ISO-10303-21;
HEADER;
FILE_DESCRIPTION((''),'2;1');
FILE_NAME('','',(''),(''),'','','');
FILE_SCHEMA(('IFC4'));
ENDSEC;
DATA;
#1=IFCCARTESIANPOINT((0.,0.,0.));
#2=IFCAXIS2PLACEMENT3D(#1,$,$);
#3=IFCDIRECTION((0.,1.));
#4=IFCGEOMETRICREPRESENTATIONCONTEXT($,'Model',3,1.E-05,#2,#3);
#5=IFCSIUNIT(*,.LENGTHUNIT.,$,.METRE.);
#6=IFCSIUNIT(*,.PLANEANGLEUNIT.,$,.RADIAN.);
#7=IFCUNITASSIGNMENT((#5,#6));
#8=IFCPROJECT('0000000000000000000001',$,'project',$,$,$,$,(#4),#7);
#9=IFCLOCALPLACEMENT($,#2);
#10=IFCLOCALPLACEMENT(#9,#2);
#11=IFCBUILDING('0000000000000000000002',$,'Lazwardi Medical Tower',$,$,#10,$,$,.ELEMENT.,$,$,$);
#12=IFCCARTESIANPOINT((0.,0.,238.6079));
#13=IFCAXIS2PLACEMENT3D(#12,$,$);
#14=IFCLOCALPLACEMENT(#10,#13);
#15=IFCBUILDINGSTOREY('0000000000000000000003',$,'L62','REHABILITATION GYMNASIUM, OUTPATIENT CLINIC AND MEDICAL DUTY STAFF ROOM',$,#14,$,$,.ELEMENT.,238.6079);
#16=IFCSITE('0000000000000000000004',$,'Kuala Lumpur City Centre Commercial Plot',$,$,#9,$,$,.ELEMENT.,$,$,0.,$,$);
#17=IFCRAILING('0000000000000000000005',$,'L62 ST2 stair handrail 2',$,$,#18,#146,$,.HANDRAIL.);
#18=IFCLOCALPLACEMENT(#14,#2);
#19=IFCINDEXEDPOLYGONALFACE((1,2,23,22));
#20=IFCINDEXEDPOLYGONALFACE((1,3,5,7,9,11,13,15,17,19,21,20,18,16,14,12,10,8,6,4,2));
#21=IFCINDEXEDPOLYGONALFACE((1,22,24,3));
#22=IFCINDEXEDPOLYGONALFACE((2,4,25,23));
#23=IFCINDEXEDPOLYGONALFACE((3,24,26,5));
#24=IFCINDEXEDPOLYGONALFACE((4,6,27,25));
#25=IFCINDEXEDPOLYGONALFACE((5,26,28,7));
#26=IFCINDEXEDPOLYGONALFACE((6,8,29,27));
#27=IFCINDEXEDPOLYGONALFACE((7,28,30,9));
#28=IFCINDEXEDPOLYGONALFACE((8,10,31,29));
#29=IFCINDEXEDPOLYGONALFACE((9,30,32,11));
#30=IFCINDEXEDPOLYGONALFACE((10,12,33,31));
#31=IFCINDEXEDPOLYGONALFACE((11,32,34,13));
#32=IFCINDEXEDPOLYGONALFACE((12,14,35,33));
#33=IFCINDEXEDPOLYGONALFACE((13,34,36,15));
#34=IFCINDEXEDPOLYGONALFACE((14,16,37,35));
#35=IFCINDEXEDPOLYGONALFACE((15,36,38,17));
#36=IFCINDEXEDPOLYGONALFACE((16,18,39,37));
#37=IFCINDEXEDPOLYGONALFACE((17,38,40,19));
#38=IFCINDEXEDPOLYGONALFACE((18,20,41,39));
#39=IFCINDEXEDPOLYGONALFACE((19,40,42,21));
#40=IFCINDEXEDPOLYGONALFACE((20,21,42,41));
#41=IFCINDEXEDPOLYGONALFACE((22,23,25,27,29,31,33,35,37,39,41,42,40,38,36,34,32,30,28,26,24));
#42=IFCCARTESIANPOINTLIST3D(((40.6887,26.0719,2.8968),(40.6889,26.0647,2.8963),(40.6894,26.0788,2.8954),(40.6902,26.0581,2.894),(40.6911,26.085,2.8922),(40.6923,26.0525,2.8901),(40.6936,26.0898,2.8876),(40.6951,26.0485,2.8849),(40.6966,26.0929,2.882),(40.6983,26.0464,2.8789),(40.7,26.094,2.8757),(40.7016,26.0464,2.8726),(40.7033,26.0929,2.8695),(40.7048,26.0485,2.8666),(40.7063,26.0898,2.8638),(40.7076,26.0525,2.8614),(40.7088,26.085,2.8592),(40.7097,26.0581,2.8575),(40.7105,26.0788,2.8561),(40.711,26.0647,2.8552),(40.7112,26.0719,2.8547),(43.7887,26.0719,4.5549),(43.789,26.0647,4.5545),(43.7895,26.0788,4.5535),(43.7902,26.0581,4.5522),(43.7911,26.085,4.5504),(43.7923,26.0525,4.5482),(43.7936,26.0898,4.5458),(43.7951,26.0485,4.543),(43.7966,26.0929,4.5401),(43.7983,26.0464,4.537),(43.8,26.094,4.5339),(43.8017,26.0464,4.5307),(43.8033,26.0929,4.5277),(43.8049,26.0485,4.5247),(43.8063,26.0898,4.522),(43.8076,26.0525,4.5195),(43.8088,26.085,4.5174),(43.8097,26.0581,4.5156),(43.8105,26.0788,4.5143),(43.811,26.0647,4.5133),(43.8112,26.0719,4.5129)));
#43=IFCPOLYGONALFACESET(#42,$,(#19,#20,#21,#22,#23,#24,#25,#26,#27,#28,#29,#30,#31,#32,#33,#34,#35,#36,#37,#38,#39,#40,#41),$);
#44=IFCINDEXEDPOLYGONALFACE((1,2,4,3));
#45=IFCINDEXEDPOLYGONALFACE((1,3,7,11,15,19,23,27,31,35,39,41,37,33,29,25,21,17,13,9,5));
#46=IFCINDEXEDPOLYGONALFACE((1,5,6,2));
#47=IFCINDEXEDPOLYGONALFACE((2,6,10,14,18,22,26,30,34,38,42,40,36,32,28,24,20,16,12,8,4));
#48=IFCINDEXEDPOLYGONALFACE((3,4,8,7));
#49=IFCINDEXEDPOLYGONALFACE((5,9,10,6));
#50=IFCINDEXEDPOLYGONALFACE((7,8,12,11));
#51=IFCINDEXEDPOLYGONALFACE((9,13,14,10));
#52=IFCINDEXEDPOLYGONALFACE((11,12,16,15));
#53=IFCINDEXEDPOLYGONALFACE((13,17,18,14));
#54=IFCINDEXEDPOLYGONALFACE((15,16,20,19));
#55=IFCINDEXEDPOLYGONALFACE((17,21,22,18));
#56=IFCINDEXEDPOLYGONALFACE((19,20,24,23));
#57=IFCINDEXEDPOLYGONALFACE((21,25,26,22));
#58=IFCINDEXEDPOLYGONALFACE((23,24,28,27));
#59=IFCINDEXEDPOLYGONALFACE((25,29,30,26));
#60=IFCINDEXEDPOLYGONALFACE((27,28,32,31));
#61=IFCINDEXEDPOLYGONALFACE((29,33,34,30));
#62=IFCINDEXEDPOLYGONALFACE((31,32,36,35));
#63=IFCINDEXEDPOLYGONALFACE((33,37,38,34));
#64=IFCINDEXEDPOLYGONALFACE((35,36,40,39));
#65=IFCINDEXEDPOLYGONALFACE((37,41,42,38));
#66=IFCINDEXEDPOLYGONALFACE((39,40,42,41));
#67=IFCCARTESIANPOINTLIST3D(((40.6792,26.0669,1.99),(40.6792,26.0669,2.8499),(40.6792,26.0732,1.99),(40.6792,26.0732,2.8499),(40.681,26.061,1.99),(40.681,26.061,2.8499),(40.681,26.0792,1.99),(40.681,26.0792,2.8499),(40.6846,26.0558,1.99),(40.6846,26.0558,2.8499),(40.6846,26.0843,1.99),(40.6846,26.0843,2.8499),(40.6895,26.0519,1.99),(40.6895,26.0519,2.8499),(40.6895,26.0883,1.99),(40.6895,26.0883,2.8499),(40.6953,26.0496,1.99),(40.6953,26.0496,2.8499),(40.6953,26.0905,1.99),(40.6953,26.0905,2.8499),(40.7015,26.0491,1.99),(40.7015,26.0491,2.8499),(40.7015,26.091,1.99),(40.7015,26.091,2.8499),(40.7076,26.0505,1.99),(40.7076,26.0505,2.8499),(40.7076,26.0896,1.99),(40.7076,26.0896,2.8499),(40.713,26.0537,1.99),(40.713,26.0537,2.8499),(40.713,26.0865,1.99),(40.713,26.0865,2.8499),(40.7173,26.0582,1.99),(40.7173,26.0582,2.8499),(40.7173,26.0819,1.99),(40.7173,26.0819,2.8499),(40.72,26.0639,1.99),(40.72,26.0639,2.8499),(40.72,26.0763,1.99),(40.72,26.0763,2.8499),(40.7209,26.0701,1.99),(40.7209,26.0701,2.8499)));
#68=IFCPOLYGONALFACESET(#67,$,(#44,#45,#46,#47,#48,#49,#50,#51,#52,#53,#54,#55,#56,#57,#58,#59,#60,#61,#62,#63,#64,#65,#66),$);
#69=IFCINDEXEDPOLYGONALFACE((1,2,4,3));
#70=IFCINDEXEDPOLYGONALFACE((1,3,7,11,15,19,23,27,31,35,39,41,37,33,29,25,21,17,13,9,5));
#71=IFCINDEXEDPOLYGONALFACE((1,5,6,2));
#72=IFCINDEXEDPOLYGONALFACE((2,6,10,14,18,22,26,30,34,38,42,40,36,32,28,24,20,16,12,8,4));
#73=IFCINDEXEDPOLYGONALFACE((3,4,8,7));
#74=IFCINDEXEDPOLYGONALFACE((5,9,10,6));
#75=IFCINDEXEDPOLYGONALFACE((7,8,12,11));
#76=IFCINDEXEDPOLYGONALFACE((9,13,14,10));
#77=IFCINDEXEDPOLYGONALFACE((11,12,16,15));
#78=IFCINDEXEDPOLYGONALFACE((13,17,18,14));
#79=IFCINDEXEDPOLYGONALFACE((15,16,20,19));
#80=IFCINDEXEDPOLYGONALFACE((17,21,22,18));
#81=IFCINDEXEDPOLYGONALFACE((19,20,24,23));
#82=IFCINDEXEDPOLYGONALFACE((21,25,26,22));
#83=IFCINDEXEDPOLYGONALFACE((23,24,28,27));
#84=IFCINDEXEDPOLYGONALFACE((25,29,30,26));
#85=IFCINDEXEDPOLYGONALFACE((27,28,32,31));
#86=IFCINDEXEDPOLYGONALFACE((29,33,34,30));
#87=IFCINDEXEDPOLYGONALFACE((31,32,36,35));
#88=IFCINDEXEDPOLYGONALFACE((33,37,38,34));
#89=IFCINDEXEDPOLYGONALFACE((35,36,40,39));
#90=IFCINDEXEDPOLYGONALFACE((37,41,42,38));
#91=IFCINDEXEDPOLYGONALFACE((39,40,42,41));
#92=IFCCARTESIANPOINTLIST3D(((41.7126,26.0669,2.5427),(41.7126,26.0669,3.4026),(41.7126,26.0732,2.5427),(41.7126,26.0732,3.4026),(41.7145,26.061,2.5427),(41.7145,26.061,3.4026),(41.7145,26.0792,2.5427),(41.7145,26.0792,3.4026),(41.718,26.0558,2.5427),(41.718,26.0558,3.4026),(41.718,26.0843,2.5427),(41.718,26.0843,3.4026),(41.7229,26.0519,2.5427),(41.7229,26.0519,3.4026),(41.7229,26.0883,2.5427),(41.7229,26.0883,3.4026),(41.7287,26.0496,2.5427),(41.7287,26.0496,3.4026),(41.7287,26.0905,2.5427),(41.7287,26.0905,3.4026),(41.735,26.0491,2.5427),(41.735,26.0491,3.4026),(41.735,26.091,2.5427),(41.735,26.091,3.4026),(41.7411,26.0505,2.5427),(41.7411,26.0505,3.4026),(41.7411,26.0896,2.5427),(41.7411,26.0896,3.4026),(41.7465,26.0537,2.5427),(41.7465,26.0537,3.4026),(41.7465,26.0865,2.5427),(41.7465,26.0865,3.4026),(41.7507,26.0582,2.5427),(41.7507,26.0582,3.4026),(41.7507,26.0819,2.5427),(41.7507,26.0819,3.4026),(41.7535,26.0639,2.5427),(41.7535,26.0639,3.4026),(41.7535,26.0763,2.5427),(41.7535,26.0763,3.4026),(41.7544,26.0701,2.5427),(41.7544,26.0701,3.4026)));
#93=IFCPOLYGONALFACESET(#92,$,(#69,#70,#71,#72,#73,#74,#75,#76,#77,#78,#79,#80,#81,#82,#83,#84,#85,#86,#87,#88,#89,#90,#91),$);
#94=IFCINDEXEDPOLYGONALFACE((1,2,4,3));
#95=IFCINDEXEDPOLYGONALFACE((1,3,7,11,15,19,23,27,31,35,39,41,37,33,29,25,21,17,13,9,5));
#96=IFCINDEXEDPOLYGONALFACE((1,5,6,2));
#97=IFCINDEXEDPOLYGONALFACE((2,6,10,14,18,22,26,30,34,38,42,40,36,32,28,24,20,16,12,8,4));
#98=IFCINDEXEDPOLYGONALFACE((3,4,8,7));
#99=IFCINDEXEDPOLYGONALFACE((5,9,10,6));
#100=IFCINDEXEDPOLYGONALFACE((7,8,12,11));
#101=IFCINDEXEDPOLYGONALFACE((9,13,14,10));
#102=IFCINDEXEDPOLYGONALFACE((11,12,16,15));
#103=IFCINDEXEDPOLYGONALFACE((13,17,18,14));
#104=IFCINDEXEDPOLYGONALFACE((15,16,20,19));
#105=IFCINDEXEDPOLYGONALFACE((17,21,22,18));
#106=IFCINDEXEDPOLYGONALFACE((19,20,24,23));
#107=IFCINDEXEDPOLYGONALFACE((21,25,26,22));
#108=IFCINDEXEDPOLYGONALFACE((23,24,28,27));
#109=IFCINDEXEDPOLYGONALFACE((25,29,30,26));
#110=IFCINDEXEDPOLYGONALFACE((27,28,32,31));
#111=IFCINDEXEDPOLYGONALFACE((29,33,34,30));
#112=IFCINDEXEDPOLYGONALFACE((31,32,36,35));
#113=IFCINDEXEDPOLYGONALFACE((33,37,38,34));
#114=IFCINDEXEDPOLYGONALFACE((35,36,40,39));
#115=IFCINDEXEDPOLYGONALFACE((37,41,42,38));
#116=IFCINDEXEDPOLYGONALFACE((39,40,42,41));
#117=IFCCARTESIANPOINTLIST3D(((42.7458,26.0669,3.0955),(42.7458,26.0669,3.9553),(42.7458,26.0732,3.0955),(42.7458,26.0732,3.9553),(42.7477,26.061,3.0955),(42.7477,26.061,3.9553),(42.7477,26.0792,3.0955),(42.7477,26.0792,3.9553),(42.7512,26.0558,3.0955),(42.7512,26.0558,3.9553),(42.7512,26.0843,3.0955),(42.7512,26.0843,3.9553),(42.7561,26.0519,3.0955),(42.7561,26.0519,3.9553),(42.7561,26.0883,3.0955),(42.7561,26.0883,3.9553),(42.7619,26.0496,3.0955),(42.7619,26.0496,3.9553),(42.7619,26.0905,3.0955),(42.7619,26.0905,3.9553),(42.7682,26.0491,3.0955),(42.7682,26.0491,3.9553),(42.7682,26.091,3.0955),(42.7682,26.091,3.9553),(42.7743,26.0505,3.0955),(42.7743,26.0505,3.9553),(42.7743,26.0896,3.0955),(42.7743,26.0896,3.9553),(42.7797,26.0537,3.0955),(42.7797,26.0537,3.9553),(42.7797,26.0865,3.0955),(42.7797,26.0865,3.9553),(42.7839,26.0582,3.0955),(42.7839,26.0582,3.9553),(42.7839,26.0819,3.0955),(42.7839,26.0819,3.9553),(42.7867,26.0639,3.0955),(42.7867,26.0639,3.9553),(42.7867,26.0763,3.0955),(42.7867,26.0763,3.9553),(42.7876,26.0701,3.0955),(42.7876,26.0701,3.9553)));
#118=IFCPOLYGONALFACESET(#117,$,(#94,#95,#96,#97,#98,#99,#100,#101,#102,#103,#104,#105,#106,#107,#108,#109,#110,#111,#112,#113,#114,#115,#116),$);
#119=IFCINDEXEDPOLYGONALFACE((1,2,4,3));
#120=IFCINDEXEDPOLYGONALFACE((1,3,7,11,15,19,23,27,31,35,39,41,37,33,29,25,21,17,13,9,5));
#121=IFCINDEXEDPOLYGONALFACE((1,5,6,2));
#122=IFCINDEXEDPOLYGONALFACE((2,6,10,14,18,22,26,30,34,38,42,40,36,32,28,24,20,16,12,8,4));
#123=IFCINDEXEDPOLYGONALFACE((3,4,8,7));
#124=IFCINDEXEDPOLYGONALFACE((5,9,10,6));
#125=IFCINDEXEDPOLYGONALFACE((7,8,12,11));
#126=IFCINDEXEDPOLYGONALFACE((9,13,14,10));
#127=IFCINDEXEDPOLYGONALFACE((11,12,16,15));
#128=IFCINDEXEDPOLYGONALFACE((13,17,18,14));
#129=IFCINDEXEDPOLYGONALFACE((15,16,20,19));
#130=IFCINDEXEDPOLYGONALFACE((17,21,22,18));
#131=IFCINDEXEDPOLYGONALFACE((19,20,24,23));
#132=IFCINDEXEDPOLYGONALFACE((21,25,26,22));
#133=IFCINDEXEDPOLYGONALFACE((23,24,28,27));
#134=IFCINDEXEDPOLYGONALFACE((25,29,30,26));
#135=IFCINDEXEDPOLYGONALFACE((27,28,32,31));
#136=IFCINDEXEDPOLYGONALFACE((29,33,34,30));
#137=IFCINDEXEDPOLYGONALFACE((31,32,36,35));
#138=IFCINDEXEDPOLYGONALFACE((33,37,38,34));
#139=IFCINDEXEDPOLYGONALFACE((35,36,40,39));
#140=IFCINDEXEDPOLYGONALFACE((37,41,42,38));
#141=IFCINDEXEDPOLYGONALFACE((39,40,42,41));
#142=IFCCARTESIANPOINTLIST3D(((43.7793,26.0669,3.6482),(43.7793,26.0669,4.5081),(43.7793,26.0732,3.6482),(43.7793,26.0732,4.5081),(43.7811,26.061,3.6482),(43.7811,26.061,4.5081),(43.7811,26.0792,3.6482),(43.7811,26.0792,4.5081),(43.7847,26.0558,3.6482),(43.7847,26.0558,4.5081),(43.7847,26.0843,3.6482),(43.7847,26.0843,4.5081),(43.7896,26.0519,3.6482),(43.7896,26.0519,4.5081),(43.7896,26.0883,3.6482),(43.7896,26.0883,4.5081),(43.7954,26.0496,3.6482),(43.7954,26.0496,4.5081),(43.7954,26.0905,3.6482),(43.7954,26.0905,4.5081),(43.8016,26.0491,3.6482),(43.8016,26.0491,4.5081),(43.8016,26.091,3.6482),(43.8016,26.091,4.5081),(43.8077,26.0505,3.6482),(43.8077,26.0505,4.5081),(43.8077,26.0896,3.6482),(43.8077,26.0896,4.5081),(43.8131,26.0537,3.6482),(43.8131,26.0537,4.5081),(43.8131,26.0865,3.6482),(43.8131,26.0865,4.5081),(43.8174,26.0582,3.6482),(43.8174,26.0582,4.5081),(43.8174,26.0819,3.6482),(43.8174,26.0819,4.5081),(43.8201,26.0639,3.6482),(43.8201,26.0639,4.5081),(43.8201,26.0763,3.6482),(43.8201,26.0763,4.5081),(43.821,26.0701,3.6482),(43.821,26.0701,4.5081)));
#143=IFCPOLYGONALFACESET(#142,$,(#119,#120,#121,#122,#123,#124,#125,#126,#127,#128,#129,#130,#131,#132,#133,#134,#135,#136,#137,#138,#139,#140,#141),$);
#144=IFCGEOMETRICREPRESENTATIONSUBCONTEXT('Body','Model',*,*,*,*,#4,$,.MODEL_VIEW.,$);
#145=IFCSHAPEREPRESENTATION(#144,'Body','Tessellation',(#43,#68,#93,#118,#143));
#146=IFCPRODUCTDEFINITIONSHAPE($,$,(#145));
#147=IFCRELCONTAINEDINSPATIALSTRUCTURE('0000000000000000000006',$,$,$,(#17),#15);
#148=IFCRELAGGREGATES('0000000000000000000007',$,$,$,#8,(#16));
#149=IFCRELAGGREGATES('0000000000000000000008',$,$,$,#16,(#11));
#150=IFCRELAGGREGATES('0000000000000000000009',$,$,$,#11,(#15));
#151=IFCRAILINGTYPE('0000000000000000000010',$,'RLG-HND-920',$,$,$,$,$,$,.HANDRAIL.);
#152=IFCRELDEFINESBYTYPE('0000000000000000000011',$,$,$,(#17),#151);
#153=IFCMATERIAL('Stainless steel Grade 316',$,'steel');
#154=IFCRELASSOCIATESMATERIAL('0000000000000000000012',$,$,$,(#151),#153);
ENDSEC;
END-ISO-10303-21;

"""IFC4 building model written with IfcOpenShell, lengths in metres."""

from ifc_helpers import new_model, si_unit, direction, frame, origin, origin_2d, place, context, subcontext, project, spatial, circle, extrude, material, type_object, element, save


model = new_model("IFC4")

# Units and contexts
model_context = context("Model", 3, precision=1e-05, world=origin(), true_north=direction((0.0, 1.0)))
body_context = subcontext(model_context, "Body", "Model", "MODEL_VIEW")
ifc_project = project(units=[si_unit("LENGTHUNIT", "METRE"), si_unit("PLANEANGLEUNIT", "RADIAN")], contexts=[model_context])

# Site, building, storey
site_placement = place(None, origin())
site = spatial("IfcSite", under=ifc_project, at=site_placement, Name="Kuala Lumpur City Centre Commercial Plot", CompositionType="ELEMENT", RefElevation=0.0)
building_placement = place(site_placement, origin())
building = spatial("IfcBuilding", under=site, at=building_placement, Name="Lazwardi Medical Tower", CompositionType="ELEMENT")
storey_placement = place(building_placement, frame((0.0, 0.0, 238.6079)))
storey = spatial("IfcBuildingStorey", under=building, at=storey_placement, Name="L62", Description="REHABILITATION GYMNASIUM, OUTPATIENT CLINIC AND MEDICAL DUTY STAFF ROOM", CompositionType="ELEMENT", Elevation=238.6079)

# Railing
ifc_material_1 = material(Name="Stainless steel Grade 316", Category="steel")
railing_type_1 = type_object("IfcRailingType", Name="RLG-HND-920", PredefinedType="HANDRAIL", material=ifc_material_1)
railing_1_placement = place(storey_placement, frame((40.7, 26.0701, 1.99)))
element("IfcRailing", 1, at=railing_1_placement, inside=storey, type_object=railing_type_1, Name="L62 ST2 stair handrail 2", PredefinedType="HANDRAIL", context=body_context, shape_type="SweptSolid", body=[
    extrude(circle(Radius=0.0239, at=origin_2d()), frame((0.0, 0.0, 0.8857), z_axis=(0.881783, 0.0, 0.471655), x_axis=(0.0, 1.0, 0.0)), (0.0, 0.0, 1.0), 3.5156),
    extrude(circle(Radius=0.021, at=origin_2d()), origin(), (0.0, 0.0, 1.0), 0.8599),
    extrude(circle(Radius=0.021, at=origin_2d()), frame((1.0334, 0.0, 0.5527)), (0.0, 0.0, 1.0), 0.8599),
    extrude(circle(Radius=0.021, at=origin_2d()), frame((2.0667, 0.0, 1.1055)), (0.0, 0.0, 1.0), 0.8599),
    extrude(circle(Radius=0.021, at=origin_2d()), frame((3.1001, 0.0, 1.6582)), (0.0, 0.0, 1.0), 0.8599),
])

save(model, "model.ifc")
